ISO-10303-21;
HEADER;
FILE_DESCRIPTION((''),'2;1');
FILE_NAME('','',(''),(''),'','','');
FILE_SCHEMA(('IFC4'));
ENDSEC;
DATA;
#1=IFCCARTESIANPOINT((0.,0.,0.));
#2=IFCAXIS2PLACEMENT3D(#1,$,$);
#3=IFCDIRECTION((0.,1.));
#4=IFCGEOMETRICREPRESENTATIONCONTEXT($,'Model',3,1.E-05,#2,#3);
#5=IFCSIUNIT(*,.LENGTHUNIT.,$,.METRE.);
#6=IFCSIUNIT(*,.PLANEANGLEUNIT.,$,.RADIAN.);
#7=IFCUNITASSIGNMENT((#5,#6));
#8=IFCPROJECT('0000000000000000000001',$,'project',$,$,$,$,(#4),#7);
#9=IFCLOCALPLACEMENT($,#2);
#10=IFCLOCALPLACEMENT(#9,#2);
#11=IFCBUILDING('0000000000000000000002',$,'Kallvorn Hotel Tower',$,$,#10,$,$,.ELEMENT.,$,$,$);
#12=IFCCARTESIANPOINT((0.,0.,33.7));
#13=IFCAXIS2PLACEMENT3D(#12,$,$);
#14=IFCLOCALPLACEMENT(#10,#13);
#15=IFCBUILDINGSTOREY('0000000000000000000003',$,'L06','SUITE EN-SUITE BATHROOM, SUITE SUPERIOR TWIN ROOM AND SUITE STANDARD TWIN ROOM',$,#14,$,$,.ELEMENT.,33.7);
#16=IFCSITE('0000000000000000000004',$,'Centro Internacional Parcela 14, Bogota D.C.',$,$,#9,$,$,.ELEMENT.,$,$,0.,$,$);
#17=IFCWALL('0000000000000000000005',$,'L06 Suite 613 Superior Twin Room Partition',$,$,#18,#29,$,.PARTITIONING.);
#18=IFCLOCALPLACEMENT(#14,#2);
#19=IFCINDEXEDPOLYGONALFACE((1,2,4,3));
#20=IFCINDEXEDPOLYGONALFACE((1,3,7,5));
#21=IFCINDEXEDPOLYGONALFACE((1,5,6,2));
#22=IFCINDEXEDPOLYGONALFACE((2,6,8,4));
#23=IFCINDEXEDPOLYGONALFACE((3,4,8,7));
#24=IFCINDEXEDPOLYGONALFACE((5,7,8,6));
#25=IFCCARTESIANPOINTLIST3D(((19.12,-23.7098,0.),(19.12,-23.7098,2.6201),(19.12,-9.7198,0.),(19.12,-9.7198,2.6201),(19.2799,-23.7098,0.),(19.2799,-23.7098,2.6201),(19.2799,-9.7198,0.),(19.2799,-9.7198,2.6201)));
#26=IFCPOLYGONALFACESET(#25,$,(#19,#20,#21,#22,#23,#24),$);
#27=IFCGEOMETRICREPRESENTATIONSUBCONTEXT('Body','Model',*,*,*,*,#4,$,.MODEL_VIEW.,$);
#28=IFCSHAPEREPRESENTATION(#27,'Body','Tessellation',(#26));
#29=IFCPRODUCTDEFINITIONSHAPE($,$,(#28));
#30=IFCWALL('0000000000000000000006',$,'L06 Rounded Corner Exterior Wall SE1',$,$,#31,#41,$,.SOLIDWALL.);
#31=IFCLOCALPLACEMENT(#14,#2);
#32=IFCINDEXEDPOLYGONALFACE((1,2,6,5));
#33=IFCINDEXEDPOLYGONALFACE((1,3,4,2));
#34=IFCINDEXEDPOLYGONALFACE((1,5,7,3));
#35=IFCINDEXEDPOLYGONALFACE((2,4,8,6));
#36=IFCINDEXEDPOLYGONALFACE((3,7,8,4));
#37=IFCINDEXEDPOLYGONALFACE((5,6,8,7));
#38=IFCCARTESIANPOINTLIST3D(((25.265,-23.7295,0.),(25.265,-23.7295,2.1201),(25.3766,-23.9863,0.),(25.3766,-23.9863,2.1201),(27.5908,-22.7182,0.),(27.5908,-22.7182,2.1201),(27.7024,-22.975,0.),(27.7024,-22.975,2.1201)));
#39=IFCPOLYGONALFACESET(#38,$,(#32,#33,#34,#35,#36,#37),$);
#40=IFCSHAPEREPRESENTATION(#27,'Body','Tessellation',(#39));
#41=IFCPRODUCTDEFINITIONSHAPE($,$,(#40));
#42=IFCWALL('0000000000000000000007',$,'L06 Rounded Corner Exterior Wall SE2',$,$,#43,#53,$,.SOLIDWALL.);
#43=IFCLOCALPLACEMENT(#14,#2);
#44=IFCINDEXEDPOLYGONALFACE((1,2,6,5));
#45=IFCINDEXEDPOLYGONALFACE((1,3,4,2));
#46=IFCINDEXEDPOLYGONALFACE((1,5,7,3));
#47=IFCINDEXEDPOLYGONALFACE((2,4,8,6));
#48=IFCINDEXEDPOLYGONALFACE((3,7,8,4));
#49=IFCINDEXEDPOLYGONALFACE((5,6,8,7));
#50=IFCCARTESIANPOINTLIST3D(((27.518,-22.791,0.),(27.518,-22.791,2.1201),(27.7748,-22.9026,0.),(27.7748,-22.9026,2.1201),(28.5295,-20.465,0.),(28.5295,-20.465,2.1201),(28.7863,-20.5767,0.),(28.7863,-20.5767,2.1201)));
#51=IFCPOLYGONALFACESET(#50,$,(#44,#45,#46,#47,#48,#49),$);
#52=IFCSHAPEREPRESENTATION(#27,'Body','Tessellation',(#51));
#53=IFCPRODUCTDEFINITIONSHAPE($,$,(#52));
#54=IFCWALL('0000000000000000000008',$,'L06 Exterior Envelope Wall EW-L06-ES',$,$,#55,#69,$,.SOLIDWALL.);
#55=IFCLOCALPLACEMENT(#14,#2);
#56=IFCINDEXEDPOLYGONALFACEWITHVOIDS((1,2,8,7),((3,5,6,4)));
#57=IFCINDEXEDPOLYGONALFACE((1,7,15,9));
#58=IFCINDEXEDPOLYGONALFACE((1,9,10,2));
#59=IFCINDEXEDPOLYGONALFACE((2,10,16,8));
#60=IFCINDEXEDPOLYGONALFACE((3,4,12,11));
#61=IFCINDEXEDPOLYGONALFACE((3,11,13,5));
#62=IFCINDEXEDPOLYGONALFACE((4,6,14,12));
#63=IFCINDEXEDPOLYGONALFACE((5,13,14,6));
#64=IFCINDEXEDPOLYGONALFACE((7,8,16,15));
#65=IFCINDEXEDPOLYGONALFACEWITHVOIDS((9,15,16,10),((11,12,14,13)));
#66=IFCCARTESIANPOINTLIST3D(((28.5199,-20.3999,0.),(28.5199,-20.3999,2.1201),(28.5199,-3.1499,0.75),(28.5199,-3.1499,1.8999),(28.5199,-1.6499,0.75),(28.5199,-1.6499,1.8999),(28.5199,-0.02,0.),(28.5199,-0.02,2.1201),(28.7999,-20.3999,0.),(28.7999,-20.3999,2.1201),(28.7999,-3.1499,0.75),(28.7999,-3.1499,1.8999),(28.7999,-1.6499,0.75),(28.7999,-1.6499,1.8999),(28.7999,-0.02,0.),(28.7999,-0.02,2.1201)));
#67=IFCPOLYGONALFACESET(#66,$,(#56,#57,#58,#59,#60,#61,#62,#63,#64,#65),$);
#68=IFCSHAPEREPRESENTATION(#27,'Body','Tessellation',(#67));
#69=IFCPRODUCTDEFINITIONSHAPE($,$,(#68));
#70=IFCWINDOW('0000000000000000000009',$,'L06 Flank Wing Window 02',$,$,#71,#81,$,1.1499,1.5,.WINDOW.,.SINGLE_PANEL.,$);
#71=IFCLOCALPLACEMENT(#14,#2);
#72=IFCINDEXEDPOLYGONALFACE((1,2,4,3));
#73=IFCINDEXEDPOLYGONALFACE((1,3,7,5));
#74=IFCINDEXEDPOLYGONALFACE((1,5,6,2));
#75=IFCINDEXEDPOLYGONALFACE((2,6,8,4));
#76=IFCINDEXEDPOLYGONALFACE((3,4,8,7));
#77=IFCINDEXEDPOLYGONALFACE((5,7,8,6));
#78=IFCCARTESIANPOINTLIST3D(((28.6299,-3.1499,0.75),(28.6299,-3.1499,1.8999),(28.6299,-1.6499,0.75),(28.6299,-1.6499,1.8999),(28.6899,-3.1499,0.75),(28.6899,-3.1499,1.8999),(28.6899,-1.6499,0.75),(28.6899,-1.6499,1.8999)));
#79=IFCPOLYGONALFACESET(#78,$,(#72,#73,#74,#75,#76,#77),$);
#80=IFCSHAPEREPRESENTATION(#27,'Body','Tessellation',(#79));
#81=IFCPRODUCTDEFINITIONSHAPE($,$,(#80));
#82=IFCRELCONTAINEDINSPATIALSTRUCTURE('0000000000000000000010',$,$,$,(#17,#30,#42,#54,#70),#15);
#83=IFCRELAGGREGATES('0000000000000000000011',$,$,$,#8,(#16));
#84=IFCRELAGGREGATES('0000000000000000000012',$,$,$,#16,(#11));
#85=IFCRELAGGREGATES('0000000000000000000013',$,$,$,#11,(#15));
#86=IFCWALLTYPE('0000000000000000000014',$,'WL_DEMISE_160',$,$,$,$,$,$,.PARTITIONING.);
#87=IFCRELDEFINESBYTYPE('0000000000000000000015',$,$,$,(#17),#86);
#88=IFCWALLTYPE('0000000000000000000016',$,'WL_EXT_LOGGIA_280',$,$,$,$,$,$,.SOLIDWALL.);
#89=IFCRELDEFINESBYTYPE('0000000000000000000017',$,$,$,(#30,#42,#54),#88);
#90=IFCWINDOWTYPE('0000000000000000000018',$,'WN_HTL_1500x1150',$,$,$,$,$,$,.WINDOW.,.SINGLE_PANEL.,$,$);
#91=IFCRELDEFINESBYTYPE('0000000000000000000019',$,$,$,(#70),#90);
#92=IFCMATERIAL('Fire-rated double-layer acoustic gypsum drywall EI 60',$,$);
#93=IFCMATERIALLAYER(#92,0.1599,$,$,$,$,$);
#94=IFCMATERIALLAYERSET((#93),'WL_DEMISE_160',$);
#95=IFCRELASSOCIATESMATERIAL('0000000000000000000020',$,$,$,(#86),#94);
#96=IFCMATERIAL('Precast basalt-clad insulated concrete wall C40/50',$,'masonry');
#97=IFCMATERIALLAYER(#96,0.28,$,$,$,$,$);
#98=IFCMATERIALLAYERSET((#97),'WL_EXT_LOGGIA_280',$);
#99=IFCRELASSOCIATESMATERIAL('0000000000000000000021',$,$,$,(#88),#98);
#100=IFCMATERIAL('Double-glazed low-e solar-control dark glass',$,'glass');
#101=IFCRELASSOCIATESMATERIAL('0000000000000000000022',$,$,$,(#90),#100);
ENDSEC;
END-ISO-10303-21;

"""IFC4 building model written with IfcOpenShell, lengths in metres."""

from ifc_helpers import new_model, si_unit, direction, frame, frame_2d, origin, place, context, subcontext, project, spatial, rectangle, extrude, material, layer, layer_set, type_object, element, fill, save


model = new_model("IFC4")

# Units and contexts
model_context = context("Model", 3, precision=1e-05, world=origin(), true_north=direction((0.0, 1.0)))
body_context = subcontext(model_context, "Body", "Model", "MODEL_VIEW")
ifc_project = project(units=[si_unit("LENGTHUNIT", "METRE"), si_unit("PLANEANGLEUNIT", "RADIAN")], contexts=[model_context])

# Site, building, storey
site_placement = place(None, origin())
site = spatial("IfcSite", under=ifc_project, at=site_placement, Name="Centro Internacional Parcela 14, Bogota D.C.", CompositionType="ELEMENT", RefElevation=0.0)
building_placement = place(site_placement, origin())
building = spatial("IfcBuilding", under=site, at=building_placement, Name="Kallvorn Hotel Tower", CompositionType="ELEMENT")
storey_placement = place(building_placement, frame((0.0, 0.0, 33.7)))
storey = spatial("IfcBuildingStorey", under=building, at=storey_placement, Name="L06", Description="SUITE EN-SUITE BATHROOM, SUITE SUPERIOR TWIN ROOM AND SUITE STANDARD TWIN ROOM", CompositionType="ELEMENT", Elevation=33.7)

# Walls
ifc_material_1 = material(Name="Fire-rated double-layer acoustic gypsum drywall EI 60")
ifc_layer_1 = layer(ifc_material_1, 0.1599)
ifc_layer_set_1 = layer_set([ifc_layer_1], Name="WL_DEMISE_160")
wall_type_1 = type_object("IfcWallType", Name="WL_DEMISE_160", PredefinedType="PARTITIONING", material=ifc_layer_set_1)
for number, where, z_axis, x_axis, name in (
    (1, (19.2, -23.71, 0.0), (0.0, 0.0, 1.0), (0.0, 1.0, 0.0), "L06 Suite 613 Superior Twin Room Partition"),
):
    element("IfcWall", number, at=place(storey_placement, frame(where, z_axis=z_axis, x_axis=x_axis)), inside=storey, type_object=wall_type_1, Name=name, PredefinedType="PARTITIONING", context=body_context, shape_type="SweptSolid", body=[
        extrude(rectangle(XDim=13.99, YDim=0.1599, at=frame_2d((6.9951, 0.0))), origin(), (0.0, 0.0, 1.0), 2.6201),
    ])
ifc_material_2 = material(Name="Precast basalt-clad insulated concrete wall C40/50", Category="masonry")
ifc_layer_2 = layer(ifc_material_2, 0.28)
ifc_layer_set_2 = layer_set([ifc_layer_2], Name="WL_EXT_LOGGIA_280")
wall_type_2 = type_object("IfcWallType", Name="WL_EXT_LOGGIA_280", PredefinedType="SOLIDWALL", material=ifc_layer_set_2)
wall_1_placement = place(storey_placement, frame((25.3208, -23.8579, 0.0), z_axis=(0.0, 0.0, 1.0), x_axis=(0.917061, 0.398747, 0.0)))
element("IfcWall", 2, at=wall_1_placement, inside=storey, type_object=wall_type_2, Name="L06 Rounded Corner Exterior Wall SE1", PredefinedType="SOLIDWALL", context=body_context, shape_type="SweptSolid", body=[
    extrude(rectangle(XDim=2.5361, YDim=0.28, at=frame_2d((1.2681, 0.0))), origin(), (0.0, 0.0, 1.0), 2.1201),
])
wall_2_placement = place(storey_placement, frame((27.6465, -22.8467, 0.0), z_axis=(0.0, 0.0, 1.0), x_axis=(0.398793, 0.917041, 0.0)))
element("IfcWall", 3, at=wall_2_placement, inside=storey, type_object=wall_type_2, Name="L06 Rounded Corner Exterior Wall SE2", PredefinedType="SOLIDWALL", context=body_context, shape_type="SweptSolid", body=[
    extrude(rectangle(XDim=2.5364, YDim=0.28, at=frame_2d((1.2681, 0.0))), origin(), (0.0, 0.0, 1.0), 2.1201),
])

# Wall, opening, window
wall_3_placement = place(storey_placement, frame((28.6599, -20.3999, 0.0), z_axis=(0.0, 0.0, 1.0), x_axis=(0.0, 1.0, 0.0)))
wall_3 = element("IfcWall", 4, at=wall_3_placement, inside=storey, type_object=wall_type_2, Name="L06 Exterior Envelope Wall EW-L06-ES", PredefinedType="SOLIDWALL", context=body_context, shape_type="SweptSolid", body=[
    extrude(rectangle(XDim=20.3799, YDim=0.28, at=frame_2d((10.1899, 0.0))), origin(), (0.0, 0.0, 1.0), 2.1201),
])
opening_placement = place(wall_3_placement, frame((17.25, 0.0, 0.75)))
opening = element("IfcOpeningElement", 5, at=opening_placement, cuts=wall_3, PredefinedType="OPENING", context=body_context, shape_type="SweptSolid", body=[
    extrude(rectangle(XDim=1.5, YDim=1.1499, at=frame_2d((0.75, 0.575))), frame((0.0, 0.155, 0.0), z_axis=(0.0, -1.0, 0.0), x_axis=(1.0, 0.0, 0.0)), (0.0, 0.0, 1.0), 0.3101),
])
ifc_material_3 = material(Name="Double-glazed low-e solar-control dark glass", Category="glass")
window_type = type_object("IfcWindowType", Name="WN_HTL_1500x1150", PartitioningType="SINGLE_PANEL", PredefinedType="WINDOW", material=ifc_material_3)
window_placement = place(opening_placement, origin())
window = element("IfcWindow", 6, at=window_placement, inside=storey, type_object=window_type, Name="L06 Flank Wing Window 02", OverallHeight=1.1499, OverallWidth=1.5, PartitioningType="SINGLE_PANEL", PredefinedType="WINDOW", context=body_context, shape_type="SweptSolid", body=[
    extrude(rectangle(XDim=1.5, YDim=1.1499, at=frame_2d((0.75, 0.575))), frame((0.0, 0.03, 0.0), z_axis=(0.0, -1.0, 0.0), x_axis=(1.0, 0.0, 0.0)), (0.0, 0.0, 1.0), 0.0601),
])
fill(opening, window)

save(model, "model.ifc")
